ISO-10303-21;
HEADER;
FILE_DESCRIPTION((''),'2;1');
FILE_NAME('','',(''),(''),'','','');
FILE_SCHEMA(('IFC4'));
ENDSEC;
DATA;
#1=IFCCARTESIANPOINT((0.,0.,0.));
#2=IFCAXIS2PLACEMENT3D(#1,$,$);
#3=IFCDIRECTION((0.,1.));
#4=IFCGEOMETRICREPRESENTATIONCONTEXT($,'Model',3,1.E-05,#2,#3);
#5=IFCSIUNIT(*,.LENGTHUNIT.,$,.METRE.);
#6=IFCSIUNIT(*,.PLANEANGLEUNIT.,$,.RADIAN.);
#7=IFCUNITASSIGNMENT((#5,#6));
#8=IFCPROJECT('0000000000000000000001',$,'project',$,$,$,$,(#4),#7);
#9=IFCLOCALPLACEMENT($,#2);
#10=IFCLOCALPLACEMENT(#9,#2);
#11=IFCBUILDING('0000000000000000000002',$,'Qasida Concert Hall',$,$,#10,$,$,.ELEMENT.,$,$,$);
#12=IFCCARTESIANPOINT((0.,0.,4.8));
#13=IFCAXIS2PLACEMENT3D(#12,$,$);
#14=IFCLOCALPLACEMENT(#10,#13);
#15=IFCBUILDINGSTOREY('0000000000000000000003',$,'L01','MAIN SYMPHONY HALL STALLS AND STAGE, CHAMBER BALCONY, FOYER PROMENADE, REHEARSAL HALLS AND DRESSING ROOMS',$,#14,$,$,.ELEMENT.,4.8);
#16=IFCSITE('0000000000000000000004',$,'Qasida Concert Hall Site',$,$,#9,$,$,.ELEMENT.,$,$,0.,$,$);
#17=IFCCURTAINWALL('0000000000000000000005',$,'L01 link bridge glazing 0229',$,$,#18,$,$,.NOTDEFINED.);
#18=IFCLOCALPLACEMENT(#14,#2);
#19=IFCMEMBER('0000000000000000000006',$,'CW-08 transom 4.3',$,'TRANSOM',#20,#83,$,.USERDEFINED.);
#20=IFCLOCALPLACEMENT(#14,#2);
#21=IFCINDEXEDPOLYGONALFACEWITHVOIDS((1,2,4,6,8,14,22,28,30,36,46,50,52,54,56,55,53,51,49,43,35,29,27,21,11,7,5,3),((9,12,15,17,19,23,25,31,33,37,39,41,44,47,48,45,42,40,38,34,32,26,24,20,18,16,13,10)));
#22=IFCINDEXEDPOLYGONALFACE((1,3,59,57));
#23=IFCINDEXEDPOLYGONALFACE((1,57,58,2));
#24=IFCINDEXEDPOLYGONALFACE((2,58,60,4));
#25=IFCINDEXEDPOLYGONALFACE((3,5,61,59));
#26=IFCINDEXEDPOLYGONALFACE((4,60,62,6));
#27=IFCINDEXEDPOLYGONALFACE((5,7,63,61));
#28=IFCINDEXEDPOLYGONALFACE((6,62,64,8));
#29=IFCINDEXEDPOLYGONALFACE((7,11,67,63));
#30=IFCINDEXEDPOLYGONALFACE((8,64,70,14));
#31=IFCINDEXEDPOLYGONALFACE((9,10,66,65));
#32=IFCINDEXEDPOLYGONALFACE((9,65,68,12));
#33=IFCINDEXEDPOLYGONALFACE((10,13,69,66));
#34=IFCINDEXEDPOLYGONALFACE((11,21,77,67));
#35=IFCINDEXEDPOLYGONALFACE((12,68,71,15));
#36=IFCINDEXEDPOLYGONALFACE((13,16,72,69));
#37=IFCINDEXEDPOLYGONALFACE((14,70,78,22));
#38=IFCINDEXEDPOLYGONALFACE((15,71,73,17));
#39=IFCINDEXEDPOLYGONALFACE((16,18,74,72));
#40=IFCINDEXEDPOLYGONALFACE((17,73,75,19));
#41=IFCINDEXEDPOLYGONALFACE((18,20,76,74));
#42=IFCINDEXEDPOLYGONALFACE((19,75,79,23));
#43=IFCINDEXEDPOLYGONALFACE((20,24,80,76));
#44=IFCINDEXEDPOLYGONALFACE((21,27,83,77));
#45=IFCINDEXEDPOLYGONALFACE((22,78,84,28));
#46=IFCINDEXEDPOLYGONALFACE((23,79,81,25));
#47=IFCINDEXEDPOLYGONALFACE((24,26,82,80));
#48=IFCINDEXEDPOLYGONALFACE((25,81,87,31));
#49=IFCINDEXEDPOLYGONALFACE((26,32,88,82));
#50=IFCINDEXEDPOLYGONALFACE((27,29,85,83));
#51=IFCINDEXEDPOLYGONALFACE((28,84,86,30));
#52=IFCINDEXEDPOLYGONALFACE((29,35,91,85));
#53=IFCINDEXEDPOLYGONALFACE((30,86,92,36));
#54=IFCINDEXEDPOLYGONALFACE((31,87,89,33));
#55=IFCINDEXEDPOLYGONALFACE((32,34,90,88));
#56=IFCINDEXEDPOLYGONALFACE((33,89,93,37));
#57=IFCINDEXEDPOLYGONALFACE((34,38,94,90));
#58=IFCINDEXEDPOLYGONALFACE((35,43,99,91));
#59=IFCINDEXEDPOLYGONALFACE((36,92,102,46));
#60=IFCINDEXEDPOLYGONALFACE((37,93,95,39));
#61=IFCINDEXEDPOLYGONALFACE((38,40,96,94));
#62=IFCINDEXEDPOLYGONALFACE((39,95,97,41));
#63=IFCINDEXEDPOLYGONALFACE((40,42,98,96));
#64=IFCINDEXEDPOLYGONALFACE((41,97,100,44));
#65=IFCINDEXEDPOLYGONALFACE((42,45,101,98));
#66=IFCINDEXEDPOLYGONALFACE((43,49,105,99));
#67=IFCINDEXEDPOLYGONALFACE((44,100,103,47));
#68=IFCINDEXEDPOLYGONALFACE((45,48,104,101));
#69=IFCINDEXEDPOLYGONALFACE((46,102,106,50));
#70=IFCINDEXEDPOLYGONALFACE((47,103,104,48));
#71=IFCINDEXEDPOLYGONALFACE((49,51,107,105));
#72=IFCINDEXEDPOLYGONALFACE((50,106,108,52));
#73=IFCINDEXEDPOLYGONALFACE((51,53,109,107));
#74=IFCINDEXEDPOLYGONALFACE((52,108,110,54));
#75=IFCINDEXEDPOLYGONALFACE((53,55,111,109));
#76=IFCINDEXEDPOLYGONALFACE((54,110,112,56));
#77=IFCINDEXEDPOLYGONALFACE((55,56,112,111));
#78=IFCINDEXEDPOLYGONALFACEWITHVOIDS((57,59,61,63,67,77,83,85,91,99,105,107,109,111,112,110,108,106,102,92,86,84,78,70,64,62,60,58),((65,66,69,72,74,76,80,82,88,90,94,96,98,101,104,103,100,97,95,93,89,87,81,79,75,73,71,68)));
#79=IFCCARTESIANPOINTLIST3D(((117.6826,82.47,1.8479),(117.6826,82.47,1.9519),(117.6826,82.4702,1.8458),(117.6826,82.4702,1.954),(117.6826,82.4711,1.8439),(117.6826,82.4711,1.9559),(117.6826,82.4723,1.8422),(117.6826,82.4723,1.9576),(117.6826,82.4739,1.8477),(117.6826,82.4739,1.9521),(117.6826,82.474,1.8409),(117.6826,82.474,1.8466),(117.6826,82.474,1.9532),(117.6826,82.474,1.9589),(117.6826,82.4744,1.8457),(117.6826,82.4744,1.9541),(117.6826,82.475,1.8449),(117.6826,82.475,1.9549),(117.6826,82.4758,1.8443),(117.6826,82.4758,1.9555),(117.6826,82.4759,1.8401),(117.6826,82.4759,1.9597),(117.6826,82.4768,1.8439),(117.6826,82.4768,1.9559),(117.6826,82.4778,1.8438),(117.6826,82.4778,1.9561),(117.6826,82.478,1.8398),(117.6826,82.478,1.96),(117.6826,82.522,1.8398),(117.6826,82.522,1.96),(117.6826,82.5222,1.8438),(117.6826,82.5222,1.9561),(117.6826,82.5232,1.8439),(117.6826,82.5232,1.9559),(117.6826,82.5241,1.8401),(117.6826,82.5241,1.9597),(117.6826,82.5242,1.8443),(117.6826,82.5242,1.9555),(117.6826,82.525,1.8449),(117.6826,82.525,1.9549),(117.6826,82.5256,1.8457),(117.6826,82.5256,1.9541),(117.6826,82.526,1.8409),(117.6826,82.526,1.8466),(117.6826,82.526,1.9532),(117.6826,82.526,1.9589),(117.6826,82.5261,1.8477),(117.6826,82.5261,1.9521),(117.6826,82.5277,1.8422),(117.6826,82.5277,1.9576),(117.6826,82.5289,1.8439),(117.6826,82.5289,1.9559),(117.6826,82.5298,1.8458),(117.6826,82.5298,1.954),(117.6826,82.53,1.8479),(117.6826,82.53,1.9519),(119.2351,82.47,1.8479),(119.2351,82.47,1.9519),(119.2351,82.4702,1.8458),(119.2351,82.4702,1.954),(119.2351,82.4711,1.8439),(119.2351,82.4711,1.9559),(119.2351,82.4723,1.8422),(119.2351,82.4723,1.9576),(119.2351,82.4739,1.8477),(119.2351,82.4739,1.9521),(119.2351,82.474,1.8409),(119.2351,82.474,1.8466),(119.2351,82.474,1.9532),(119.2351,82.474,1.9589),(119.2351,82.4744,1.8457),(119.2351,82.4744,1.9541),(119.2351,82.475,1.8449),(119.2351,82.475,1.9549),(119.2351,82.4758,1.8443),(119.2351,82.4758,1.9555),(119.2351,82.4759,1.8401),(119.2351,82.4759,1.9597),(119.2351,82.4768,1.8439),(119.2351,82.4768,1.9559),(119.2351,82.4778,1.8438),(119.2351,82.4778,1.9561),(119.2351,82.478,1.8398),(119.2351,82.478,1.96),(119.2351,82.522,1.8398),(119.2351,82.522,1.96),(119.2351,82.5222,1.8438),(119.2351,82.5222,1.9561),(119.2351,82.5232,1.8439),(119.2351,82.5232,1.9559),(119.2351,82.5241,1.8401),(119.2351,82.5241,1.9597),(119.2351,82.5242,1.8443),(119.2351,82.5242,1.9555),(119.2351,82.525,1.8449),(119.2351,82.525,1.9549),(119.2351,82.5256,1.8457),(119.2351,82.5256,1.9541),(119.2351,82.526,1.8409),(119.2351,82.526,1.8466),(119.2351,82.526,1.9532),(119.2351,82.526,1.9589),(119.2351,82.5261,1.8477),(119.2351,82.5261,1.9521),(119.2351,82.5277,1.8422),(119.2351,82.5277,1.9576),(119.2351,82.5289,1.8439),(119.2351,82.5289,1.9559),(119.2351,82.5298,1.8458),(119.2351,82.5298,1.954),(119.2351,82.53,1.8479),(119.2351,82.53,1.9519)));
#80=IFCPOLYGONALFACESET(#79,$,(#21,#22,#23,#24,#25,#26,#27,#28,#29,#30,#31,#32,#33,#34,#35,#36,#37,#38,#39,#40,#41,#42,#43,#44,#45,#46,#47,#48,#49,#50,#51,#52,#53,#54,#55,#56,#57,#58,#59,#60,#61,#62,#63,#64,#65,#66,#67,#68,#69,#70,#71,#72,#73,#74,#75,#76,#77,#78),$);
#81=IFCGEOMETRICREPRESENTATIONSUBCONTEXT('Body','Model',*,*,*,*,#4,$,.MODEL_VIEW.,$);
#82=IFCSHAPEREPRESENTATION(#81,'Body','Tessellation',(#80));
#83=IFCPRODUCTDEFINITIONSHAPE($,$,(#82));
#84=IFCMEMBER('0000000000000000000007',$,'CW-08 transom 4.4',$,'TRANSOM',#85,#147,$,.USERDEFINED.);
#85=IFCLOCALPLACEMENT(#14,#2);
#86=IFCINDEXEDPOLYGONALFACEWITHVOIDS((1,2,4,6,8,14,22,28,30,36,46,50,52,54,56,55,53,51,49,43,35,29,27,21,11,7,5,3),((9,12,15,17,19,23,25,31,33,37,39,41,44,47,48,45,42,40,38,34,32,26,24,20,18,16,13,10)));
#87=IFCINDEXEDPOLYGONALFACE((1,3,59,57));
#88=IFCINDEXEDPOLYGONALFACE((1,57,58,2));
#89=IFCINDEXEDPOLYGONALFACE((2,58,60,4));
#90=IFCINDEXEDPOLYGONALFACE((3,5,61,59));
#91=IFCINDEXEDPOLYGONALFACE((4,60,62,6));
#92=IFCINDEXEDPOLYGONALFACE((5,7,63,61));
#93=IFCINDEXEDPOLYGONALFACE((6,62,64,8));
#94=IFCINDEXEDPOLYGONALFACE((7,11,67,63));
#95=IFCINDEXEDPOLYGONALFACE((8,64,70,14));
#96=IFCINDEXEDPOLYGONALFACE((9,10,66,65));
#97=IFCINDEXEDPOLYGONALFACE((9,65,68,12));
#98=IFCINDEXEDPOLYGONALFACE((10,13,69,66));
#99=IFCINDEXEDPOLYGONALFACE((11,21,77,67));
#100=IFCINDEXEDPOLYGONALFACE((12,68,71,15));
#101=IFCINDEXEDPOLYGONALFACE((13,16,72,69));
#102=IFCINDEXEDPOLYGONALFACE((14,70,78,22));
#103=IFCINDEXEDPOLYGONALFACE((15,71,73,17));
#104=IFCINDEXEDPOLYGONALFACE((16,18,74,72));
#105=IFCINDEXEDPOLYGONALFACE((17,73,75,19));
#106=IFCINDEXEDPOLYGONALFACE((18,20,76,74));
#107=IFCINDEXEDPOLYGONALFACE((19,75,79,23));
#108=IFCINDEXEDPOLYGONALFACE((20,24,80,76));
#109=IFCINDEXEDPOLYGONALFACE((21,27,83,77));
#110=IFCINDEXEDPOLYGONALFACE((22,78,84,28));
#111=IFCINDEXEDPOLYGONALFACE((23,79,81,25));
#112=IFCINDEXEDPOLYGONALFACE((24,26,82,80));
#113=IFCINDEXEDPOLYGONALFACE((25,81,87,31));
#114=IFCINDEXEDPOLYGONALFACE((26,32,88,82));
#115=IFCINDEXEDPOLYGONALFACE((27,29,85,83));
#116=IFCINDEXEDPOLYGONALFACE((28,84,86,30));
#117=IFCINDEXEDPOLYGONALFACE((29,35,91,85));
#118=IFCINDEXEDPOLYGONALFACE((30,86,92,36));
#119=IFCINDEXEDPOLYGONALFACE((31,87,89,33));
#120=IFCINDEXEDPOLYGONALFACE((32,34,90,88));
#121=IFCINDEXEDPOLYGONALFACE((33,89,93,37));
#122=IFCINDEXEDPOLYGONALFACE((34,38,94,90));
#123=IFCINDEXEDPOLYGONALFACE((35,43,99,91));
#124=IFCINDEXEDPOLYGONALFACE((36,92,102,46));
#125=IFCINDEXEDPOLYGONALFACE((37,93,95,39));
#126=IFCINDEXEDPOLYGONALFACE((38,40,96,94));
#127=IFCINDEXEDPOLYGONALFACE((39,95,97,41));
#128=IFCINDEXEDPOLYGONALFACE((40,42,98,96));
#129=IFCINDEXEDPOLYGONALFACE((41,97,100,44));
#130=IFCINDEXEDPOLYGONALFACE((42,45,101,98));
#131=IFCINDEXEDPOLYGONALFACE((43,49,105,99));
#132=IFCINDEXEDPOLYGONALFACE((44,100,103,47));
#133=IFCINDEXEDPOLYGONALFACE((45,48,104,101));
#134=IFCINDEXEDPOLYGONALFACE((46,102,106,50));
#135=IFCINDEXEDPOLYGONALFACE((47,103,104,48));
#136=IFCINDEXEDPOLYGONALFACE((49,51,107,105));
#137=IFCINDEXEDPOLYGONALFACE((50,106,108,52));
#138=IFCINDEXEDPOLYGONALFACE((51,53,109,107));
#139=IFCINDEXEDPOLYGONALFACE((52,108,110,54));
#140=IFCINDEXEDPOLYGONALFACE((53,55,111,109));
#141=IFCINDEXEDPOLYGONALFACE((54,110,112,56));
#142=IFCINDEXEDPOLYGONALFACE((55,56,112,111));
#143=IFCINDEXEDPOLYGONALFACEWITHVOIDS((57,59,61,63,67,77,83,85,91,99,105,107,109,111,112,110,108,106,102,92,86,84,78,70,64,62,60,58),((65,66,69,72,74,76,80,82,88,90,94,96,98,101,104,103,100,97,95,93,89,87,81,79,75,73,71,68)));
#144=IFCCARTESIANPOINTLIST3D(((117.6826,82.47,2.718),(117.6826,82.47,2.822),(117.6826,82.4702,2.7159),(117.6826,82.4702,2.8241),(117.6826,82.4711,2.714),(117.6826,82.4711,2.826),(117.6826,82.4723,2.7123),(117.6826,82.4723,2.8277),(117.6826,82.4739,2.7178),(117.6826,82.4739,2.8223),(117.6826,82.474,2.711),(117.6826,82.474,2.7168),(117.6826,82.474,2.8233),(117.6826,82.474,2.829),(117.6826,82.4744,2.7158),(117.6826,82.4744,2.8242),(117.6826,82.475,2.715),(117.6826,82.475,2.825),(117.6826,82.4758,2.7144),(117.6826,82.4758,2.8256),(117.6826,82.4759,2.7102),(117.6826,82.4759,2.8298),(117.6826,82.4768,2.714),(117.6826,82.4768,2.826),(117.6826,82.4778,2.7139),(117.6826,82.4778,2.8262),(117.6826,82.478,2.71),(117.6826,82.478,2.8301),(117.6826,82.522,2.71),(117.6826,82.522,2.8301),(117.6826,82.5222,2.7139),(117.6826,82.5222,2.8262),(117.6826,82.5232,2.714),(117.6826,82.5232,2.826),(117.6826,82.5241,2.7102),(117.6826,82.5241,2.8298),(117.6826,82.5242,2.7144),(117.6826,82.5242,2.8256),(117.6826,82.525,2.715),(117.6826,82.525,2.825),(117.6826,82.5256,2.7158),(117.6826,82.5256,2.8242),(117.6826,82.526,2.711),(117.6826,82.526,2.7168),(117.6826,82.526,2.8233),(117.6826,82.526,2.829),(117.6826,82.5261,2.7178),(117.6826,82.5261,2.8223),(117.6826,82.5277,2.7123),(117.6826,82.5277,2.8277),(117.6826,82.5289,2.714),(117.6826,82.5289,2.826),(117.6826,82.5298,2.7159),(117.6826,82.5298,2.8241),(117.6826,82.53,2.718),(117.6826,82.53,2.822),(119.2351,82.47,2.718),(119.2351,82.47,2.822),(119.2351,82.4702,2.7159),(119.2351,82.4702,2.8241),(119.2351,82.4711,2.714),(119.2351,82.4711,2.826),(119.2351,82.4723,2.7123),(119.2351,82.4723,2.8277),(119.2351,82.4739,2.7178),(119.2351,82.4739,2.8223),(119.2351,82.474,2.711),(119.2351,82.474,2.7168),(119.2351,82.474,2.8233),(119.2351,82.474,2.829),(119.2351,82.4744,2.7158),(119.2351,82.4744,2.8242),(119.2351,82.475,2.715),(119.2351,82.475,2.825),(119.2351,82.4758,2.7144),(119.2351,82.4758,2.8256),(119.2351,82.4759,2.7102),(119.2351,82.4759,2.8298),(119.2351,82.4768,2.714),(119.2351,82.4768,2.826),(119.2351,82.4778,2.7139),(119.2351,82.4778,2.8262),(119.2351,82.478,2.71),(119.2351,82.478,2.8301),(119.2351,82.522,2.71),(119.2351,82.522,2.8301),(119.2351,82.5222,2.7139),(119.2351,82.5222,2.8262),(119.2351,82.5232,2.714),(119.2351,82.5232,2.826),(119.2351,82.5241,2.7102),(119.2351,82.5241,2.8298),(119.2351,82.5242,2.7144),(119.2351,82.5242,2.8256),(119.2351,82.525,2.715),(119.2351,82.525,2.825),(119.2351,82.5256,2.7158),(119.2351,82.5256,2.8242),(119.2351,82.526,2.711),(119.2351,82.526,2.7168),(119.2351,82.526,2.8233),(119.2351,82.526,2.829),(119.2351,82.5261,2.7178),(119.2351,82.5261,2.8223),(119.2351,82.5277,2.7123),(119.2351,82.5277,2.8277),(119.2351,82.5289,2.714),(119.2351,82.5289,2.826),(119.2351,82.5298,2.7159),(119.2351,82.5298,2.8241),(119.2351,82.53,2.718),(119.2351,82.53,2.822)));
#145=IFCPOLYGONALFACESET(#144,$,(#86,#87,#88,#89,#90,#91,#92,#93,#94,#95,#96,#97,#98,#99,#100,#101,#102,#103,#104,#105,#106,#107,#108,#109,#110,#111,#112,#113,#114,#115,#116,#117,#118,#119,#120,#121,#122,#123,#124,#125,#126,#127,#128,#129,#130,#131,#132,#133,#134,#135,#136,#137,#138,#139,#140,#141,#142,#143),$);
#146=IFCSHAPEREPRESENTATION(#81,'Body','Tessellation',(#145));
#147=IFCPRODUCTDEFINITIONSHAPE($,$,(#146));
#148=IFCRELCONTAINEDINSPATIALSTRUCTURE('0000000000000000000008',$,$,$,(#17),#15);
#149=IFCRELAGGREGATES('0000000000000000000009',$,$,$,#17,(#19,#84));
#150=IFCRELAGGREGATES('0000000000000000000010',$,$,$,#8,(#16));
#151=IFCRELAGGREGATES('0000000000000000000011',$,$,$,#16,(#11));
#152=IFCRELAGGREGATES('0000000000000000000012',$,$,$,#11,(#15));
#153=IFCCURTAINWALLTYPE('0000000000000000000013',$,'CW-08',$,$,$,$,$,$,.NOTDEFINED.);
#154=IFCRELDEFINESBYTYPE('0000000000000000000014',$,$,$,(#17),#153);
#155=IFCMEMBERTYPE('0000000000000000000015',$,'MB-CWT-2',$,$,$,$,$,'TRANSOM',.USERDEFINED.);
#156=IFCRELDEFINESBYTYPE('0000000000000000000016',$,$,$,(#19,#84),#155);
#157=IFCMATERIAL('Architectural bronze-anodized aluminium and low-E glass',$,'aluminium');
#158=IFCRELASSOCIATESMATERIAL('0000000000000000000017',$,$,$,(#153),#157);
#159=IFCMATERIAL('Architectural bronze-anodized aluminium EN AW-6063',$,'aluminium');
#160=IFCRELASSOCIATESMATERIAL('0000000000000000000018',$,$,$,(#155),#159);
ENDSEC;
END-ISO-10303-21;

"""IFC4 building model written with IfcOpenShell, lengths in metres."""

from ifc_helpers import new_model, si_unit, direction, frame, origin, origin_2d, place, context, subcontext, project, spatial, hollow_rectangle, extrude, material, material_profile, profile_set, type_object, element, aggregate, save


model = new_model("IFC4")

# Units and contexts
model_context = context("Model", 3, precision=1e-05, world=origin(), true_north=direction((0.0, 1.0)))
body_context = subcontext(model_context, "Body", "Model", "MODEL_VIEW")
ifc_project = project(units=[si_unit("LENGTHUNIT", "METRE"), si_unit("PLANEANGLEUNIT", "RADIAN")], contexts=[model_context])

# Site, building, storey
site_placement = place(None, origin())
site = spatial("IfcSite", under=ifc_project, at=site_placement, Name="Qasida Concert Hall Site", CompositionType="ELEMENT", RefElevation=0.0)
building_placement = place(site_placement, origin())
building = spatial("IfcBuilding", under=site, at=building_placement, Name="Qasida Concert Hall", CompositionType="ELEMENT")
storey_placement = place(building_placement, frame((0.0, 0.0, 4.8)))
storey = spatial("IfcBuildingStorey", under=building, at=storey_placement, Name="L01", Description="MAIN SYMPHONY HALL STALLS AND STAGE, CHAMBER BALCONY, FOYER PROMENADE, REHEARSAL HALLS AND DRESSING ROOMS", CompositionType="ELEMENT", Elevation=4.8)

# Curtain wall
ifc_material_1 = material(Name="Architectural bronze-anodized aluminium and low-E glass", Category="aluminium")
curtain_wall_type_1 = type_object("IfcCurtainWallType", Name="CW-08", PredefinedType="NOTDEFINED", material=ifc_material_1)
curtain_wall_1_placement = place(storey_placement, origin())
curtain_wall_1 = element("IfcCurtainWall", 1, at=curtain_wall_1_placement, inside=storey, type_object=curtain_wall_type_1, Name="L01 link bridge glazing 0229", PredefinedType="NOTDEFINED")
ifc_material_2 = material(Name="Architectural bronze-anodized aluminium EN AW-6063", Category="aluminium")

# Members
ifc_material_profile_1 = material_profile(ifc_material_2, hollow_rectangle(XDim=0.0601, YDim=0.1201, WallThickness=0.0039, InnerFilletRadius=0.0039, OuterFilletRadius=0.0081, at=origin_2d()), Name="CWT 120x60x4")
ifc_profile_set_1 = profile_set([ifc_material_profile_1], Name="Architectural bronze-anodized aluminium EN AW-6063")
member_type_1 = type_object("IfcMemberType", Name="MB-CWT-2", ElementType="TRANSOM", PredefinedType="USERDEFINED", material=ifc_profile_set_1)
member_1_placement = place(storey_placement, frame((117.6826, 82.5, 1.8999), z_axis=(1.0, 0.0, 0.0), x_axis=(0.0, 1.0, 0.0)))
member_1 = element("IfcMember", 2, at=member_1_placement, type_object=member_type_1, Name="CW-08 transom 4.3", ObjectType="TRANSOM", PredefinedType="USERDEFINED", context=body_context, shape_type="SweptSolid", body=[
    extrude(hollow_rectangle(XDim=0.0601, YDim=0.1201, WallThickness=0.0039, InnerFilletRadius=0.0039, OuterFilletRadius=0.0081, at=origin_2d()), origin(), (0.0, 0.0, 1.0), 1.5525),
])
member_2_placement = place(storey_placement, frame((117.6826, 82.5, 2.77), z_axis=(1.0, 0.0, 0.0), x_axis=(0.0, 1.0, 0.0)))
member_2 = element("IfcMember", 3, at=member_2_placement, type_object=member_type_1, Name="CW-08 transom 4.4", ObjectType="TRANSOM", PredefinedType="USERDEFINED", context=body_context, shape_type="SweptSolid", body=[
    extrude(hollow_rectangle(XDim=0.0601, YDim=0.1201, WallThickness=0.0039, InnerFilletRadius=0.0039, OuterFilletRadius=0.0081, at=origin_2d()), origin(), (0.0, 0.0, 1.0), 1.5525),
])

aggregate(curtain_wall_1, [member_1, member_2])

save(model, "model.ifc")
